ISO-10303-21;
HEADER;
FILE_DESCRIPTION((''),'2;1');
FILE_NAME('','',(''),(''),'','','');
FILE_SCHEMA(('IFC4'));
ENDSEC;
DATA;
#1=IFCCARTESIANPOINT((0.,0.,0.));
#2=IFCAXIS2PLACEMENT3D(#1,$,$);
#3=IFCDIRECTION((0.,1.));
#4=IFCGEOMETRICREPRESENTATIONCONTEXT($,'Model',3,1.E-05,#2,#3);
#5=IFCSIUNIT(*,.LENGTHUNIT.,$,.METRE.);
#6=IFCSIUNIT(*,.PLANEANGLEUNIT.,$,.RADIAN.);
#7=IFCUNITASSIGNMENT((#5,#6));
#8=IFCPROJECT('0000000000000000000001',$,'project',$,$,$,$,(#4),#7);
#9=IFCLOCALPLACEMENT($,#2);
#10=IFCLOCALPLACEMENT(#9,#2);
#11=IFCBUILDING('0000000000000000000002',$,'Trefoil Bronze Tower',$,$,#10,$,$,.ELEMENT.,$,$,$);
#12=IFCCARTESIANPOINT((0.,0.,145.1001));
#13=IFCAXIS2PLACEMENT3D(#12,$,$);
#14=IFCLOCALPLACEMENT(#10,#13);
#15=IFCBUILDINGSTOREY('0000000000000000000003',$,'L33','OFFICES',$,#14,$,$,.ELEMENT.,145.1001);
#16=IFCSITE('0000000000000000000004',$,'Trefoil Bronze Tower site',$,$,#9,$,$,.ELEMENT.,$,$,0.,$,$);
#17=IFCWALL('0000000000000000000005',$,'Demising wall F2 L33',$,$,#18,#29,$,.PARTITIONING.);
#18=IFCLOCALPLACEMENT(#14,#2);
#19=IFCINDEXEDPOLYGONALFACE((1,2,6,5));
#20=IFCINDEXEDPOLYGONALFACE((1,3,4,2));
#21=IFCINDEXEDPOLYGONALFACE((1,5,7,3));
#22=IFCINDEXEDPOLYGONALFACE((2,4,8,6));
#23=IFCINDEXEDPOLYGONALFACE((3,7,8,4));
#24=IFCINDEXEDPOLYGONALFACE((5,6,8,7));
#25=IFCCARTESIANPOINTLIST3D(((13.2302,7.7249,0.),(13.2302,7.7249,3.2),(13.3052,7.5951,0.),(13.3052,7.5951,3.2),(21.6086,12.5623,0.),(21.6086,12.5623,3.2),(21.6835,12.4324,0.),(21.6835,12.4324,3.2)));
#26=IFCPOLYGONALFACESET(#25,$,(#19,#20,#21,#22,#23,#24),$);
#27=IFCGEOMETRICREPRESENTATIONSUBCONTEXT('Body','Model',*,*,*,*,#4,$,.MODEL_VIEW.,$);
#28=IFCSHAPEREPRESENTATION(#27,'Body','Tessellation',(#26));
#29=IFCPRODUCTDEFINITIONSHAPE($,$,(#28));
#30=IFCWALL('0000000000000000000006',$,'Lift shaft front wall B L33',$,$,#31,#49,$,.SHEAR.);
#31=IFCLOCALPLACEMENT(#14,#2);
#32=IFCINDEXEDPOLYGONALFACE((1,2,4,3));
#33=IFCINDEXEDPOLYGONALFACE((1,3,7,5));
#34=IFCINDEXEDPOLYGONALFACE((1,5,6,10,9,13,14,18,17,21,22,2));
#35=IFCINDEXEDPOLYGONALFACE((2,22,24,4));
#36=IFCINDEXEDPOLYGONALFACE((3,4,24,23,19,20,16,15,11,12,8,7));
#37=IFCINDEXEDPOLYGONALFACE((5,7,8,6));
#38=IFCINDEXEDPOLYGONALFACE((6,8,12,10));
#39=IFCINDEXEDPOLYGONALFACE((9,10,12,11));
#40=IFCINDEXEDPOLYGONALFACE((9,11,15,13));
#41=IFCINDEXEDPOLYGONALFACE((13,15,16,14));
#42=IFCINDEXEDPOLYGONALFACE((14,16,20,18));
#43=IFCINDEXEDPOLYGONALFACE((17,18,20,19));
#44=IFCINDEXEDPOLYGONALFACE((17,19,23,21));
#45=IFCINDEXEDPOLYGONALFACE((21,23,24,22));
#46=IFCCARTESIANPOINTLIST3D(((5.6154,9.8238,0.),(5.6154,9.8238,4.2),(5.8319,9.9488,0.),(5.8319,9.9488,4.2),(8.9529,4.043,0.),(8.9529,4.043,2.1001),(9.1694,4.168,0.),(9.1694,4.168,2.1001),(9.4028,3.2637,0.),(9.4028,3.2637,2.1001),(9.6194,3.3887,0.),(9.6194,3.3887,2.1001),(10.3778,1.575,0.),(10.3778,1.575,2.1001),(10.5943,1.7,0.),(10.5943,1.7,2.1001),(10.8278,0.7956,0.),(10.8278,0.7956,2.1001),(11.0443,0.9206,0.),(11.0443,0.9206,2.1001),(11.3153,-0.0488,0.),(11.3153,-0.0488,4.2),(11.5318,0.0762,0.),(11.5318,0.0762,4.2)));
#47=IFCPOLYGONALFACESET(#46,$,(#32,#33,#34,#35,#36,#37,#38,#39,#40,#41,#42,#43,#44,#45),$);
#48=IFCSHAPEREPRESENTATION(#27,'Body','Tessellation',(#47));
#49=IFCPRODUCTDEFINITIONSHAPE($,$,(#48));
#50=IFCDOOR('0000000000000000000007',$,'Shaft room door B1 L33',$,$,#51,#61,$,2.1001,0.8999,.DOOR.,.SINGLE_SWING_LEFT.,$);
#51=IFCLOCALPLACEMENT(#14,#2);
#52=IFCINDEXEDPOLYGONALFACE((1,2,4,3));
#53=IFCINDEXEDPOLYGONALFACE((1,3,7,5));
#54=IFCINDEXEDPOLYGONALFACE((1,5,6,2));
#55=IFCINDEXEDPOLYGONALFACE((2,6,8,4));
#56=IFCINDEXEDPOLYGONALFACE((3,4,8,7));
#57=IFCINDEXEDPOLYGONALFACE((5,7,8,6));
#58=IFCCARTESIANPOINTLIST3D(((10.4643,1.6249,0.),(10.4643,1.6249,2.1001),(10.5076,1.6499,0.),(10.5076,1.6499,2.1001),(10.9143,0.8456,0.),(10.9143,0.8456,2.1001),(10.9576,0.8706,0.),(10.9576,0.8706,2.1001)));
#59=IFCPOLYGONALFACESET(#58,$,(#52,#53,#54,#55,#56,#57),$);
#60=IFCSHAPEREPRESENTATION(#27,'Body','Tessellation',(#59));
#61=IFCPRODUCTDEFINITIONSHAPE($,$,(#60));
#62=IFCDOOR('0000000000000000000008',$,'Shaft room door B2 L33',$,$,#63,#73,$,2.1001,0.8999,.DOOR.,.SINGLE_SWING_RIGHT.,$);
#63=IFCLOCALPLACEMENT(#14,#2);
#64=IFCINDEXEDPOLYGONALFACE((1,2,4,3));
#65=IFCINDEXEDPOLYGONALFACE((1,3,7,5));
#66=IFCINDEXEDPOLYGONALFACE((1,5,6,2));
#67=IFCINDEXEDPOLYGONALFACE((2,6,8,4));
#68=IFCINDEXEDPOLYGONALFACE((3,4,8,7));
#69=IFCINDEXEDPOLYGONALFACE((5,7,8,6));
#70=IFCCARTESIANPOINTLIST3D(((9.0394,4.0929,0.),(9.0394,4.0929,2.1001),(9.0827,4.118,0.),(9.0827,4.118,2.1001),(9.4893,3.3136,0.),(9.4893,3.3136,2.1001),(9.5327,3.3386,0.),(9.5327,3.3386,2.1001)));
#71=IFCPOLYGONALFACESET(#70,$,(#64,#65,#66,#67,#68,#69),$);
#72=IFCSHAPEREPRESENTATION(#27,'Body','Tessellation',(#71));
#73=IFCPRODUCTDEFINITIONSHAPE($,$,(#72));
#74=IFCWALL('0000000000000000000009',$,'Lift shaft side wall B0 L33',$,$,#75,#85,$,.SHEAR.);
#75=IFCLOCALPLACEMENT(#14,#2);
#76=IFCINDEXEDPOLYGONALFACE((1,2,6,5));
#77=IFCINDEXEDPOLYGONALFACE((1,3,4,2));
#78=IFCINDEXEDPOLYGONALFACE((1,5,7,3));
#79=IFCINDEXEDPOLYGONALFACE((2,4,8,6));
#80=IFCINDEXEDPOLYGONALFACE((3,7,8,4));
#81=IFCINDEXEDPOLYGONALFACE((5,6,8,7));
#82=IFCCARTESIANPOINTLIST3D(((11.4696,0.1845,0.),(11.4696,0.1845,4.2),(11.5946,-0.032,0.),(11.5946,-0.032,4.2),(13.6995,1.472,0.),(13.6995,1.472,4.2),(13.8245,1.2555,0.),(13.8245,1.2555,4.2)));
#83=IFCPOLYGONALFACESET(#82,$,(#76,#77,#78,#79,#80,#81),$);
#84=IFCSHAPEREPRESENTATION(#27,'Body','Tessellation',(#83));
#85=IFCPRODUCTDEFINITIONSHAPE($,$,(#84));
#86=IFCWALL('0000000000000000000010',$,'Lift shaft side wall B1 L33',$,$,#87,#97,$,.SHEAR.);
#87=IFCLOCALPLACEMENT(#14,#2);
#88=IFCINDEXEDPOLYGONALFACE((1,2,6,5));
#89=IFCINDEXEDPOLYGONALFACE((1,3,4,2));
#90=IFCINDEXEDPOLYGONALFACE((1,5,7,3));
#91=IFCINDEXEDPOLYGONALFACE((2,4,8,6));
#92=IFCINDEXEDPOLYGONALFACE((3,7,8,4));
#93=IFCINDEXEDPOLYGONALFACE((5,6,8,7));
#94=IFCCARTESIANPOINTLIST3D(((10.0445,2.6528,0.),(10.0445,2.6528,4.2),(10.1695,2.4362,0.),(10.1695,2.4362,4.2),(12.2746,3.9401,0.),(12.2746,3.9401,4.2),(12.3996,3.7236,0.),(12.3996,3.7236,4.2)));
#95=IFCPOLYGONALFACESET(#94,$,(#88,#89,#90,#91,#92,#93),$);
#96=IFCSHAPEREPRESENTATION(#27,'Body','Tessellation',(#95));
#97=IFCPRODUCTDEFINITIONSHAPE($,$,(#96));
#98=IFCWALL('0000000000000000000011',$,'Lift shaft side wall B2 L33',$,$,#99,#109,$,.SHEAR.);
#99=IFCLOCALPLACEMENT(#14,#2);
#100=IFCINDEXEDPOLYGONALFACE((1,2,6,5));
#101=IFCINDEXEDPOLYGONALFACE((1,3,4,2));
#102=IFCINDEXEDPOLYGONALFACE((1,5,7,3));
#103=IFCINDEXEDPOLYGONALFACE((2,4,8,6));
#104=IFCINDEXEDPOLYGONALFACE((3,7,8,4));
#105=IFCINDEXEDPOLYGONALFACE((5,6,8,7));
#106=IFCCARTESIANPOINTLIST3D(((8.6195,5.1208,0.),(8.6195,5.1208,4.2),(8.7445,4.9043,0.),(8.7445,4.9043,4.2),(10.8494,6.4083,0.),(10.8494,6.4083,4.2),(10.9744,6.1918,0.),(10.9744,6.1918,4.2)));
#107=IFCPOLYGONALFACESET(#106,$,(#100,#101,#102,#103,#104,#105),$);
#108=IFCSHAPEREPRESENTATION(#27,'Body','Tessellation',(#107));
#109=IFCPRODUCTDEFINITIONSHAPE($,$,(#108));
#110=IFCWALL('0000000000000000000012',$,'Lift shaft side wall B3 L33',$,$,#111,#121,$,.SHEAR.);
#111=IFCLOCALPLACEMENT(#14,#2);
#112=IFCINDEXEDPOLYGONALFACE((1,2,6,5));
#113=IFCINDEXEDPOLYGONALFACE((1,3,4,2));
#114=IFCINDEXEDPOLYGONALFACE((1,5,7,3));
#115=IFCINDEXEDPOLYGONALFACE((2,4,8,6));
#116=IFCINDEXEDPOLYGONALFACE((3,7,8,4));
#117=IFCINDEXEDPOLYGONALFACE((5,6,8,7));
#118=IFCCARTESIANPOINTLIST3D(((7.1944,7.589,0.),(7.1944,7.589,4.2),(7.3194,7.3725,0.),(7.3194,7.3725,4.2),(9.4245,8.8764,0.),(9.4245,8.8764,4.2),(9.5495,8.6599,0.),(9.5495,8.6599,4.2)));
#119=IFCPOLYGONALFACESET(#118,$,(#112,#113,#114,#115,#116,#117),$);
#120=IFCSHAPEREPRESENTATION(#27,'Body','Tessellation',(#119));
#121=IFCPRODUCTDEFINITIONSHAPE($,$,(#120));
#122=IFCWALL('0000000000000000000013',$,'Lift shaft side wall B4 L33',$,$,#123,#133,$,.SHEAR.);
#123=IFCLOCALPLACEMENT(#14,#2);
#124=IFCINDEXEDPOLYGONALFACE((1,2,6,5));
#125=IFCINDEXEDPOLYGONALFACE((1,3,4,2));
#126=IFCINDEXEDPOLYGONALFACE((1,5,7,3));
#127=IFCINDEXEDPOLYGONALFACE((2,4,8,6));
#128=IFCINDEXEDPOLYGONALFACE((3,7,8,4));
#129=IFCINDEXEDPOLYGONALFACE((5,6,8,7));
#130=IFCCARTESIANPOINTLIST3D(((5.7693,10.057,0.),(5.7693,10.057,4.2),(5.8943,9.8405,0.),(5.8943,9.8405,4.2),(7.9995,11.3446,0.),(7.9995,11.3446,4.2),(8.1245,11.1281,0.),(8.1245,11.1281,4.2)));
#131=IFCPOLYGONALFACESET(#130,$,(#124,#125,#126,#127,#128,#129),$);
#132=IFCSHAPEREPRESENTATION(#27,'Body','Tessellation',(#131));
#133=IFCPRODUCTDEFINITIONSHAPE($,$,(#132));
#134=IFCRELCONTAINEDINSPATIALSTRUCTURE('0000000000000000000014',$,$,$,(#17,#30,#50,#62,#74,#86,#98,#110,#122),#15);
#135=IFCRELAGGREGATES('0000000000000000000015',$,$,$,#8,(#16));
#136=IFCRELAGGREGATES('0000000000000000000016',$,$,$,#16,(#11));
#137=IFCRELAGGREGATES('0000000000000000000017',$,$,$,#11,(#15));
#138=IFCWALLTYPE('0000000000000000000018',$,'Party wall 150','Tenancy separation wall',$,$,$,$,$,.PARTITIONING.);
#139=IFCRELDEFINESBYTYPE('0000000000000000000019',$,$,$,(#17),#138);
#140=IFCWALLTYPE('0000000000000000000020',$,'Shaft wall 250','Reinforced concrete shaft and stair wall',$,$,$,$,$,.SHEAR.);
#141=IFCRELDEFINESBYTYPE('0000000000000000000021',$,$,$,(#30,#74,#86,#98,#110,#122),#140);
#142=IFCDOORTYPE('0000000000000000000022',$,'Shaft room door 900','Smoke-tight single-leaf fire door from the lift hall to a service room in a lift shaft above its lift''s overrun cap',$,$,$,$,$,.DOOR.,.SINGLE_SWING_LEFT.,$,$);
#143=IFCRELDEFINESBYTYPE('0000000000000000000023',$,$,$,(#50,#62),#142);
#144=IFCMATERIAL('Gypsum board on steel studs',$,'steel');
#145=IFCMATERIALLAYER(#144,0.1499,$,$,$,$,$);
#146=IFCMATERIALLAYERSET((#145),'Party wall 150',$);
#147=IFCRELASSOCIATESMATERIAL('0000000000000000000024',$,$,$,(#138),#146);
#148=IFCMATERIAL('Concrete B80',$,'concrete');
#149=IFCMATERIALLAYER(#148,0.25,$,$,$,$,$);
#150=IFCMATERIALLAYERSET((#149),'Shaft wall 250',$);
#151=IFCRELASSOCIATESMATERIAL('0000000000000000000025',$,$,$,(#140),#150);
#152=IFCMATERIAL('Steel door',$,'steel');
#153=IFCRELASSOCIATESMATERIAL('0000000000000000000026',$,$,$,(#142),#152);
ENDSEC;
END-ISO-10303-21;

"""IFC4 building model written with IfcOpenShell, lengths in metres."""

from ifc_helpers import new_model, si_unit, direction, frame, frame_2d, origin, place, context, subcontext, project, spatial, rectangle, extrude, material, layer, layer_set, type_object, element, fill, save


model = new_model("IFC4")

# Units and contexts
model_context = context("Model", 3, precision=1e-05, world=origin(), true_north=direction((0.0, 1.0)))
body_context = subcontext(model_context, "Body", "Model", "MODEL_VIEW")
ifc_project = project(units=[si_unit("LENGTHUNIT", "METRE"), si_unit("PLANEANGLEUNIT", "RADIAN")], contexts=[model_context])

# Site, building, storey
site_placement = place(None, origin())
site = spatial("IfcSite", under=ifc_project, at=site_placement, Name="Trefoil Bronze Tower site", CompositionType="ELEMENT", RefElevation=0.0)
building_placement = place(site_placement, origin())
building = spatial("IfcBuilding", under=site, at=building_placement, Name="Trefoil Bronze Tower", CompositionType="ELEMENT")
storey_placement = place(building_placement, frame((0.0, 0.0, 145.1001)))
storey = spatial("IfcBuildingStorey", under=building, at=storey_placement, Name="L33", Description="OFFICES", CompositionType="ELEMENT", Elevation=145.1001)

# Wall
ifc_material_1 = material(Name="Gypsum board on steel studs", Category="steel")
ifc_layer_1 = layer(ifc_material_1, 0.1499)
ifc_layer_set_1 = layer_set([ifc_layer_1], Name="Party wall 150")
wall_type_1 = type_object("IfcWallType", Name="Party wall 150", Description="Tenancy separation wall", PredefinedType="PARTITIONING", material=ifc_layer_set_1)
wall_1_placement = place(storey_placement, frame((13.2676, 7.6599, 0.0), z_axis=(0.0, 0.0, 1.0), x_axis=(0.86602, 0.500009, 0.0)))
element("IfcWall", 1, at=wall_1_placement, inside=storey, type_object=wall_type_1, Name="Demising wall F2 L33", PredefinedType="PARTITIONING", context=body_context, shape_type="SweptSolid", body=[
    extrude(rectangle(XDim=9.6746, YDim=0.1499, at=frame_2d((4.8374, 0.0))), origin(), (0.0, 0.0, 1.0), 3.2),
])

# Wall, openings, doors
ifc_material_2 = material(Name="Concrete B80", Category="concrete")
ifc_layer_2 = layer(ifc_material_2, 0.25)
ifc_layer_set_2 = layer_set([ifc_layer_2], Name="Shaft wall 250")
wall_type_2 = type_object("IfcWallType", Name="Shaft wall 250", Description="Reinforced concrete shaft and stair wall", PredefinedType="SHEAR", material=ifc_layer_set_2)
wall_2_placement = place(storey_placement, frame((11.4236, 0.0137, 0.0), z_axis=(0.0, 0.0, 1.0), x_axis=(-0.500002, 0.866024, 0.0)))
wall_2 = element("IfcWall", 2, at=wall_2_placement, inside=storey, type_object=wall_type_2, Name="Lift shaft front wall B L33", PredefinedType="SHEAR", context=body_context, shape_type="SweptSolid", body=[
    extrude(rectangle(XDim=11.3999, YDim=0.25, at=frame_2d((5.7, 0.0))), origin(), (0.0, 0.0, 1.0), 4.2),
])
opening_1_placement = place(wall_2_placement, frame((0.9751, 0.0, 0.0)))
opening_1 = element("IfcOpeningElement", 3, at=opening_1_placement, cuts=wall_2, PredefinedType="OPENING", context=body_context, shape_type="SweptSolid", body=[
    extrude(rectangle(XDim=0.8999, YDim=2.1001, at=frame_2d((0.45, 1.05))), frame((0.0, 0.135, 0.0), z_axis=(0.0, -1.0, 0.0), x_axis=(1.0, 0.0, 0.0)), (0.0, 0.0, 1.0), 0.27),
])
opening_2_placement = place(wall_2_placement, frame((3.825, 0.0, 0.0)))
opening_2 = element("IfcOpeningElement", 4, at=opening_2_placement, cuts=wall_2, PredefinedType="OPENING", context=body_context, shape_type="SweptSolid", body=[
    extrude(rectangle(XDim=0.8999, YDim=2.1001, at=frame_2d((0.45, 1.05))), frame((0.0, 0.135, 0.0), z_axis=(0.0, -1.0, 0.0), x_axis=(1.0, 0.0, 0.0)), (0.0, 0.0, 1.0), 0.27),
])
ifc_material_3 = material(Name="Steel door", Category="steel")
door_type_1 = type_object("IfcDoorType", Name="Shaft room door 900", Description="Smoke-tight single-leaf fire door from the lift hall to a service room in a lift shaft above its lift's overrun cap", OperationType="SINGLE_SWING_LEFT", PredefinedType="DOOR", material=ifc_material_3)
door_1_placement = place(opening_1_placement, frame((0.8999, 0.0, 0.0), z_axis=(0.0, 0.0, 1.0), x_axis=(-1.0, 0.0, 0.0)))
door_1 = element("IfcDoor", 5, at=door_1_placement, inside=storey, type_object=door_type_1, Name="Shaft room door B1 L33", OperationType="SINGLE_SWING_LEFT", OverallHeight=2.1001, OverallWidth=0.8999, PredefinedType="DOOR", context=body_context, shape_type="SweptSolid", body=[
    extrude(rectangle(XDim=0.8999, YDim=2.1001, at=frame_2d((0.45, 1.05))), frame((0.0, 0.0249, 0.0), z_axis=(0.0, -1.0, 0.0), x_axis=(1.0, 0.0, 0.0)), (0.0, 0.0, 1.0), 0.05),
])
fill(opening_1, door_1)
door_2_placement = place(opening_2_placement, frame((0.8999, 0.0, 0.0), z_axis=(0.0, 0.0, 1.0), x_axis=(-1.0, 0.0, 0.0)))
door_2 = element("IfcDoor", 6, at=door_2_placement, inside=storey, type_object=door_type_1, Name="Shaft room door B2 L33", OperationType="SINGLE_SWING_RIGHT", OverallHeight=2.1001, OverallWidth=0.8999, PredefinedType="DOOR", context=body_context, shape_type="SweptSolid", body=[
    extrude(rectangle(XDim=0.8999, YDim=2.1001, at=frame_2d((0.45, 1.05))), frame((0.0, 0.0249, 0.0), z_axis=(0.0, -1.0, 0.0), x_axis=(1.0, 0.0, 0.0)), (0.0, 0.0, 1.0), 0.05),
])
fill(opening_2, door_2)

# Walls
for number, where, z_axis, x_axis, name in (
    (7, (11.532, 0.0762, 0.0), (0.0, 0.0, 1.0), (0.866006, 0.500034, 0.0), "Lift shaft side wall B0 L33"),
    (8, (10.1069, 2.5444, 0.0), (0.0, 0.0, 1.0), (0.866047, 0.499963, 0.0), "Lift shaft side wall B1 L33"),
    (9, (8.6819, 5.0125, 0.0), (0.0, 0.0, 1.0), (0.866006, 0.500034, 0.0), "Lift shaft side wall B2 L33"),
    (10, (7.2568, 7.4807, 0.0), (0.0, 0.0, 1.0), (0.866047, 0.499963, 0.0), "Lift shaft side wall B3 L33"),
):
    element("IfcWall", number, at=place(storey_placement, frame(where, z_axis=z_axis, x_axis=x_axis)), inside=storey, type_object=wall_type_2, Name=name, PredefinedType="SHEAR", context=body_context, shape_type="SweptSolid", body=[
        extrude(rectangle(XDim=2.575, YDim=0.25, at=frame_2d((1.2876, 0.0))), origin(), (0.0, 0.0, 1.0), 4.2),
    ])
wall_3_placement = place(storey_placement, frame((5.8318, 9.9487, 0.0), z_axis=(0.0, 0.0, 1.0), x_axis=(0.866029, 0.499993, 0.0)))
element("IfcWall", 11, at=wall_3_placement, inside=storey, type_object=wall_type_2, Name="Lift shaft side wall B4 L33", PredefinedType="SHEAR", context=body_context, shape_type="SweptSolid", body=[
    extrude(rectangle(XDim=2.5752, YDim=0.25, at=frame_2d((1.2876, 0.0))), origin(), (0.0, 0.0, 1.0), 4.2),
])

save(model, "model.ifc")
